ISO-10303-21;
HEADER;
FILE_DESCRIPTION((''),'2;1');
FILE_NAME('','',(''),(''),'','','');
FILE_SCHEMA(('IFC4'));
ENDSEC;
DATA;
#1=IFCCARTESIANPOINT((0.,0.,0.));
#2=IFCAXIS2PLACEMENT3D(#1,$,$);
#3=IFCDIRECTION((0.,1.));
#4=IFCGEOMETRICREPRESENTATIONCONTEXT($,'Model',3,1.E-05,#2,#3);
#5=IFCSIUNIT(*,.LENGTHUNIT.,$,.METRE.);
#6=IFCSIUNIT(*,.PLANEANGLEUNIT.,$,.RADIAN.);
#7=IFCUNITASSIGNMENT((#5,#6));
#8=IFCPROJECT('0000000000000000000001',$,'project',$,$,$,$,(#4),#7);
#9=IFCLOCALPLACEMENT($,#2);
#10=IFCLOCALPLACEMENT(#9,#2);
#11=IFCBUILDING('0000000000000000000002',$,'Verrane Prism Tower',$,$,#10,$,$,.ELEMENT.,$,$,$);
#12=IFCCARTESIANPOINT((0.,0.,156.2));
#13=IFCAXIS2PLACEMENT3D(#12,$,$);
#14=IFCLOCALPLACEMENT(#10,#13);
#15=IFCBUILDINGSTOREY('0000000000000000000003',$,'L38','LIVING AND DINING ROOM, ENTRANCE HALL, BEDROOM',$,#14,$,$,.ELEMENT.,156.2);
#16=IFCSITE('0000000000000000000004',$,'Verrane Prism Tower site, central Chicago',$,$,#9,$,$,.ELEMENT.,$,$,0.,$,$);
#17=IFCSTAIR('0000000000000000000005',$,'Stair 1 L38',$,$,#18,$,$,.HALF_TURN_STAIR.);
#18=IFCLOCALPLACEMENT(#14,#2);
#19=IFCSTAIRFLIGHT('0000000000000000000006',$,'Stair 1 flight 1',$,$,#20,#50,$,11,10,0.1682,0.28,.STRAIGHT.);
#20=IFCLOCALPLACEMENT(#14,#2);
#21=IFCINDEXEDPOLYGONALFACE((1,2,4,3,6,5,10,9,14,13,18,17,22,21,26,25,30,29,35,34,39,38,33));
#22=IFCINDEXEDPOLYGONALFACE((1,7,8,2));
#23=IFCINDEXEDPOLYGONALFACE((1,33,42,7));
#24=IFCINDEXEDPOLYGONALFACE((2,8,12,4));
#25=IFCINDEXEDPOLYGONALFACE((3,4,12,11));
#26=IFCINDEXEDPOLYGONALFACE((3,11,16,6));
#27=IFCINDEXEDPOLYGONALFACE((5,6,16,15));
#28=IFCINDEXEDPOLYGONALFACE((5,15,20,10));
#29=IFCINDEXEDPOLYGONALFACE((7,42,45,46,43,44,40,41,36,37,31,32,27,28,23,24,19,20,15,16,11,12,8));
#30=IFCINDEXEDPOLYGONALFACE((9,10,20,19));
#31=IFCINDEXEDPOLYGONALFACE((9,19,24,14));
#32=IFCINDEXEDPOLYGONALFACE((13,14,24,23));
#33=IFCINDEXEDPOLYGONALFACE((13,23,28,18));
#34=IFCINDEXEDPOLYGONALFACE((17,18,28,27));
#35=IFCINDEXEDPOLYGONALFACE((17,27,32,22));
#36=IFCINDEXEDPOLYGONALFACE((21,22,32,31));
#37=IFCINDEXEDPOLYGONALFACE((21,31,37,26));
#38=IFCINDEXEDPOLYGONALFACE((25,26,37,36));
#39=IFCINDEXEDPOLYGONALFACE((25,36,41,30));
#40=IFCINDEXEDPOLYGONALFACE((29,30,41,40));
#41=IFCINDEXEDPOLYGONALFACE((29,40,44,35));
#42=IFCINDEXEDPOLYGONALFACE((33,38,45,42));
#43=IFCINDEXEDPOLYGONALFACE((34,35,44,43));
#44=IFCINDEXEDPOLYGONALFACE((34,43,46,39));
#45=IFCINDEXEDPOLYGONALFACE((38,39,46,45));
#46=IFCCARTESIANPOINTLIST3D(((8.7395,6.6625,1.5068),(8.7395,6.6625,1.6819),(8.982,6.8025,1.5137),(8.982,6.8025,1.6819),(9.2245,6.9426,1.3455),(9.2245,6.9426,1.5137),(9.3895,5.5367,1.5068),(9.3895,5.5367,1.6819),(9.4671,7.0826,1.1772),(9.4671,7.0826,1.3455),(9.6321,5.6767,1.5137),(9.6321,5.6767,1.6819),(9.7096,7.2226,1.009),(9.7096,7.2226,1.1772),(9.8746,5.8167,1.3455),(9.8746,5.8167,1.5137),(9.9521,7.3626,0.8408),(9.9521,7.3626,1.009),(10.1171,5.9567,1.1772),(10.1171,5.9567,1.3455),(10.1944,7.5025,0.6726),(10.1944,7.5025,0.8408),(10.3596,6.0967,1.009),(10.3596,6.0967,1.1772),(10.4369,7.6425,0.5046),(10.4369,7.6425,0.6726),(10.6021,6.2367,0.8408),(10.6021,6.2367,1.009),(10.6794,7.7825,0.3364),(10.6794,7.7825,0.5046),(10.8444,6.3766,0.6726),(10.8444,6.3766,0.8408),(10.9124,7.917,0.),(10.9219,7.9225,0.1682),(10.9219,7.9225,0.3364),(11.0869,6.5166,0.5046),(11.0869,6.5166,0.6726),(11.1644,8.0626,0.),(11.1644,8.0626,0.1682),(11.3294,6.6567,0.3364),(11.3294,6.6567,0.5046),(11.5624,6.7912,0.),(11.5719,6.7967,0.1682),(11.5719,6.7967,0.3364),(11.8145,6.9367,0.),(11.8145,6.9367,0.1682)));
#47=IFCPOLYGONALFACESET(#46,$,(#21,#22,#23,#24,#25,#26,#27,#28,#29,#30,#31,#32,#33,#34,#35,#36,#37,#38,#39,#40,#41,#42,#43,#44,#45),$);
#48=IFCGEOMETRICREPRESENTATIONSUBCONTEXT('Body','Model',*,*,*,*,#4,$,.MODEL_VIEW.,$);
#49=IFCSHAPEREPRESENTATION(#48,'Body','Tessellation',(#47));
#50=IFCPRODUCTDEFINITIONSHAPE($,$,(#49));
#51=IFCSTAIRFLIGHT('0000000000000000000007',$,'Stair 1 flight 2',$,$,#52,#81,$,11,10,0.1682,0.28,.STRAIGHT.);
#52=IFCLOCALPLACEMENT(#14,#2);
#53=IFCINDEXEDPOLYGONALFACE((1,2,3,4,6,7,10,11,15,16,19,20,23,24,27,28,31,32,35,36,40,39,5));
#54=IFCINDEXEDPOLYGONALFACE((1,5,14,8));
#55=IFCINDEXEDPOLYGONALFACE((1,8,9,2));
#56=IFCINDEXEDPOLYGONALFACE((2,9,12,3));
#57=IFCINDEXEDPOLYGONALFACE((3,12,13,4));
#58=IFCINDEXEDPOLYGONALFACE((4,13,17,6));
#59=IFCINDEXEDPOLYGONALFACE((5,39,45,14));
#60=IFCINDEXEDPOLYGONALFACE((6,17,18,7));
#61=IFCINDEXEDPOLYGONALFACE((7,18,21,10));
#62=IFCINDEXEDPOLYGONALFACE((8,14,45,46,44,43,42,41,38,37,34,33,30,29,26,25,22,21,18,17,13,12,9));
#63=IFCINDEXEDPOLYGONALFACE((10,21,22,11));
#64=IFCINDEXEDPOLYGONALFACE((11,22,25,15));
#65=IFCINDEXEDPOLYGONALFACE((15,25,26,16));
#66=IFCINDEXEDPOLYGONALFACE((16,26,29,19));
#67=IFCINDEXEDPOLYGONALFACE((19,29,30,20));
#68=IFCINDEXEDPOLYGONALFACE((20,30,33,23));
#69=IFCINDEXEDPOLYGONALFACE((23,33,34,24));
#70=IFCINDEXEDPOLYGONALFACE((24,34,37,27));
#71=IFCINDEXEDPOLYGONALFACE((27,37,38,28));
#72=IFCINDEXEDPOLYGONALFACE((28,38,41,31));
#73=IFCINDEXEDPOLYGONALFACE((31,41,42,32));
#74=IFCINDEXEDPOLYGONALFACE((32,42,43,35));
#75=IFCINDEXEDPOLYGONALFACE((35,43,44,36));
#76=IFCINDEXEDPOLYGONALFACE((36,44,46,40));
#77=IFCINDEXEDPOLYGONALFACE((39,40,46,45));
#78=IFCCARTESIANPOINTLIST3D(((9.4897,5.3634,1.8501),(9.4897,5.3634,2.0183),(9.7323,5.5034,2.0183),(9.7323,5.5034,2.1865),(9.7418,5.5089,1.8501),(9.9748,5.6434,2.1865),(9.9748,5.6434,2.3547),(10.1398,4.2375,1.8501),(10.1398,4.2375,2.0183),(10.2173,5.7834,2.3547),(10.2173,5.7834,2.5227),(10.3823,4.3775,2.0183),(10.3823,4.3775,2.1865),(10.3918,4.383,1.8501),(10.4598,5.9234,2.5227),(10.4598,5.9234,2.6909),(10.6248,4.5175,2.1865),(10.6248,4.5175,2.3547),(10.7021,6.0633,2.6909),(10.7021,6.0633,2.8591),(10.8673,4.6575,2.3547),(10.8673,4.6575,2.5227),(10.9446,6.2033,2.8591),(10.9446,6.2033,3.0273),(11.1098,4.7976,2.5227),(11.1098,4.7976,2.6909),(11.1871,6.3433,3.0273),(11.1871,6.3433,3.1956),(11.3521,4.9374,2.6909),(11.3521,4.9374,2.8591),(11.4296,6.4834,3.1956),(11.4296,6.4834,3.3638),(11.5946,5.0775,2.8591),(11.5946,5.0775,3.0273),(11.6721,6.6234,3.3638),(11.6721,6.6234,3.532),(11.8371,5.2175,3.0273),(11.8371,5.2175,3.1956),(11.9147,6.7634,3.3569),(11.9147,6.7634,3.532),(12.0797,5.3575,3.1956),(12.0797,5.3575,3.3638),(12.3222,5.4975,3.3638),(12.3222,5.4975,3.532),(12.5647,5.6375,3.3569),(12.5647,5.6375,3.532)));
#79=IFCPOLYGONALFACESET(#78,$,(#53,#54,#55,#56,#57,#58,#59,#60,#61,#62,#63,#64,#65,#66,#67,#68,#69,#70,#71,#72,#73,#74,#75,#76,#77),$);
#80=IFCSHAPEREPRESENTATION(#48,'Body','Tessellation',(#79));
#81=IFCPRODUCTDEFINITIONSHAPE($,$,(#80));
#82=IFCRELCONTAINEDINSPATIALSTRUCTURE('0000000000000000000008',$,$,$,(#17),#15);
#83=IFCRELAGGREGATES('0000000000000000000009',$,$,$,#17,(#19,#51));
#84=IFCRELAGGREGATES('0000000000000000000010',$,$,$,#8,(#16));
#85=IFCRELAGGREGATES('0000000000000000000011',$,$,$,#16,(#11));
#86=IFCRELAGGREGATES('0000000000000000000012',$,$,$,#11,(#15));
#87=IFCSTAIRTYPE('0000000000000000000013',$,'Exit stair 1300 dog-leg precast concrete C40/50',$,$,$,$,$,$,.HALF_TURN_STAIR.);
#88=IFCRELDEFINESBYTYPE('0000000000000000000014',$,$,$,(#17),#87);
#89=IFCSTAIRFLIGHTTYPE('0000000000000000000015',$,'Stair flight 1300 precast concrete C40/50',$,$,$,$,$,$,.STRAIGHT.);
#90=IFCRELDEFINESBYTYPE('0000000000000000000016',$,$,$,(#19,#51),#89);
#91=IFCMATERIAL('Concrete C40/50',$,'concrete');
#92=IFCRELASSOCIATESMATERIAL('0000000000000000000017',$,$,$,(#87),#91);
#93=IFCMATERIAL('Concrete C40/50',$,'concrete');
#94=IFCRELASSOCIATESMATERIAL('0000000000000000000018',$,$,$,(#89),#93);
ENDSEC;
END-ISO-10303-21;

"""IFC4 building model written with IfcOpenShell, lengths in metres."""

from ifc_helpers import new_model, si_unit, direction, frame, origin, place, context, subcontext, project, spatial, polyline, outline, extrude, material, type_object, element, aggregate, save


model = new_model("IFC4")

# Units and contexts
model_context = context("Model", 3, precision=1e-05, world=origin(), true_north=direction((0.0, 1.0)))
body_context = subcontext(model_context, "Body", "Model", "MODEL_VIEW")
ifc_project = project(units=[si_unit("LENGTHUNIT", "METRE"), si_unit("PLANEANGLEUNIT", "RADIAN")], contexts=[model_context])

# Site, building, storey
site_placement = place(None, origin())
site = spatial("IfcSite", under=ifc_project, at=site_placement, Name="Verrane Prism Tower site, central Chicago", CompositionType="ELEMENT", RefElevation=0.0)
building_placement = place(site_placement, origin())
building = spatial("IfcBuilding", under=site, at=building_placement, Name="Verrane Prism Tower", CompositionType="ELEMENT")
storey_placement = place(building_placement, frame((0.0, 0.0, 156.2)))
storey = spatial("IfcBuildingStorey", under=building, at=storey_placement, Name="L38", Description="LIVING AND DINING ROOM, ENTRANCE HALL, BEDROOM", CompositionType="ELEMENT", Elevation=156.2)

# Stair, stair flights
ifc_material_1 = material(Name="Concrete C40/50", Category="concrete")
stair_type = type_object("IfcStairType", Name="Exit stair 1300 dog-leg precast concrete C40/50", PredefinedType="HALF_TURN_STAIR", material=ifc_material_1)
stair_placement = place(storey_placement, origin())
stair = element("IfcStair", 1, at=stair_placement, inside=storey, type_object=stair_type, Name="Stair 1 L38", PredefinedType="HALF_TURN_STAIR")
ifc_material_2 = material(Name="Concrete C40/50", Category="concrete")
stair_flight_type = type_object("IfcStairFlightType", Name="Stair flight 1300 precast concrete C40/50", PredefinedType="STRAIGHT", material=ifc_material_2)
stair_flight_1_placement = place(storey_placement, frame((11.4895, 7.4995, 0.0), z_axis=(0.0, 0.0, 1.0), x_axis=(-0.866025, -0.5, 0.0)))
stair_flight_1 = element("IfcStairFlight", 2, at=stair_flight_1_placement, type_object=stair_flight_type, Name="Stair 1 flight 1", NumberOfRisers=11, NumberOfTreads=10, PredefinedType="STRAIGHT", RiserHeight=0.1682, TreadLength=0.28, context=body_context, shape_type="SweptSolid", body=[
    extrude(outline(polyline([(0.0, 0.0), (0.0, 0.1682), (0.28, 0.1682), (0.28, 0.3364), (0.5601, 0.3364), (0.5601, 0.5046), (0.8401, 0.5046), (0.8401, 0.6726), (1.1201, 0.6726), (1.1201, 0.8408), (1.3999, 0.8408), (1.3999, 1.009), (1.6799, 1.009), (1.6799, 1.1772), (1.96, 1.1772), (1.96, 1.3455), (2.24, 1.3455), (2.24, 1.5137), (2.52, 1.5137), (2.52, 1.6819), (2.8, 1.6819), (2.8, 1.8501), (2.8, 1.5068), (0.291, 0.0), (0.0, 0.0)])), frame((0.0, 0.6499, 0.0), z_axis=(0.0, -1.0, 0.0), x_axis=(1.0, 0.0, 0.0)), (0.0, 0.0, 1.0), 1.3),
])
stair_flight_2_placement = place(storey_placement, frame((9.8147, 4.8005, 1.8501), z_axis=(0.0, 0.0, 1.0), x_axis=(0.866025, 0.5, 0.0)))
stair_flight_2 = element("IfcStairFlight", 3, at=stair_flight_2_placement, type_object=stair_flight_type, Name="Stair 1 flight 2", NumberOfRisers=11, NumberOfTreads=10, PredefinedType="STRAIGHT", RiserHeight=0.1682, TreadLength=0.28, context=body_context, shape_type="SweptSolid", body=[
    extrude(outline(polyline([(0.0, 0.0), (0.0, 0.1682), (0.28, 0.1682), (0.28, 0.3364), (0.5601, 0.3364), (0.5601, 0.5046), (0.8401, 0.5046), (0.8401, 0.6726), (1.1201, 0.6726), (1.1201, 0.8408), (1.3999, 0.8408), (1.3999, 1.009), (1.6799, 1.009), (1.6799, 1.1772), (1.96, 1.1772), (1.96, 1.3455), (2.24, 1.3455), (2.24, 1.5137), (2.52, 1.5137), (2.52, 1.6819), (2.8, 1.6819), (2.8, 1.8501), (2.8, 1.5068), (0.291, 0.0), (0.0, 0.0)])), frame((0.0, 0.6499, 0.0), z_axis=(0.0, -1.0, 0.0), x_axis=(1.0, 0.0, 0.0)), (0.0, 0.0, 1.0), 1.3),
])
aggregate(stair, [stair_flight_1, stair_flight_2])

save(model, "model.ifc")
